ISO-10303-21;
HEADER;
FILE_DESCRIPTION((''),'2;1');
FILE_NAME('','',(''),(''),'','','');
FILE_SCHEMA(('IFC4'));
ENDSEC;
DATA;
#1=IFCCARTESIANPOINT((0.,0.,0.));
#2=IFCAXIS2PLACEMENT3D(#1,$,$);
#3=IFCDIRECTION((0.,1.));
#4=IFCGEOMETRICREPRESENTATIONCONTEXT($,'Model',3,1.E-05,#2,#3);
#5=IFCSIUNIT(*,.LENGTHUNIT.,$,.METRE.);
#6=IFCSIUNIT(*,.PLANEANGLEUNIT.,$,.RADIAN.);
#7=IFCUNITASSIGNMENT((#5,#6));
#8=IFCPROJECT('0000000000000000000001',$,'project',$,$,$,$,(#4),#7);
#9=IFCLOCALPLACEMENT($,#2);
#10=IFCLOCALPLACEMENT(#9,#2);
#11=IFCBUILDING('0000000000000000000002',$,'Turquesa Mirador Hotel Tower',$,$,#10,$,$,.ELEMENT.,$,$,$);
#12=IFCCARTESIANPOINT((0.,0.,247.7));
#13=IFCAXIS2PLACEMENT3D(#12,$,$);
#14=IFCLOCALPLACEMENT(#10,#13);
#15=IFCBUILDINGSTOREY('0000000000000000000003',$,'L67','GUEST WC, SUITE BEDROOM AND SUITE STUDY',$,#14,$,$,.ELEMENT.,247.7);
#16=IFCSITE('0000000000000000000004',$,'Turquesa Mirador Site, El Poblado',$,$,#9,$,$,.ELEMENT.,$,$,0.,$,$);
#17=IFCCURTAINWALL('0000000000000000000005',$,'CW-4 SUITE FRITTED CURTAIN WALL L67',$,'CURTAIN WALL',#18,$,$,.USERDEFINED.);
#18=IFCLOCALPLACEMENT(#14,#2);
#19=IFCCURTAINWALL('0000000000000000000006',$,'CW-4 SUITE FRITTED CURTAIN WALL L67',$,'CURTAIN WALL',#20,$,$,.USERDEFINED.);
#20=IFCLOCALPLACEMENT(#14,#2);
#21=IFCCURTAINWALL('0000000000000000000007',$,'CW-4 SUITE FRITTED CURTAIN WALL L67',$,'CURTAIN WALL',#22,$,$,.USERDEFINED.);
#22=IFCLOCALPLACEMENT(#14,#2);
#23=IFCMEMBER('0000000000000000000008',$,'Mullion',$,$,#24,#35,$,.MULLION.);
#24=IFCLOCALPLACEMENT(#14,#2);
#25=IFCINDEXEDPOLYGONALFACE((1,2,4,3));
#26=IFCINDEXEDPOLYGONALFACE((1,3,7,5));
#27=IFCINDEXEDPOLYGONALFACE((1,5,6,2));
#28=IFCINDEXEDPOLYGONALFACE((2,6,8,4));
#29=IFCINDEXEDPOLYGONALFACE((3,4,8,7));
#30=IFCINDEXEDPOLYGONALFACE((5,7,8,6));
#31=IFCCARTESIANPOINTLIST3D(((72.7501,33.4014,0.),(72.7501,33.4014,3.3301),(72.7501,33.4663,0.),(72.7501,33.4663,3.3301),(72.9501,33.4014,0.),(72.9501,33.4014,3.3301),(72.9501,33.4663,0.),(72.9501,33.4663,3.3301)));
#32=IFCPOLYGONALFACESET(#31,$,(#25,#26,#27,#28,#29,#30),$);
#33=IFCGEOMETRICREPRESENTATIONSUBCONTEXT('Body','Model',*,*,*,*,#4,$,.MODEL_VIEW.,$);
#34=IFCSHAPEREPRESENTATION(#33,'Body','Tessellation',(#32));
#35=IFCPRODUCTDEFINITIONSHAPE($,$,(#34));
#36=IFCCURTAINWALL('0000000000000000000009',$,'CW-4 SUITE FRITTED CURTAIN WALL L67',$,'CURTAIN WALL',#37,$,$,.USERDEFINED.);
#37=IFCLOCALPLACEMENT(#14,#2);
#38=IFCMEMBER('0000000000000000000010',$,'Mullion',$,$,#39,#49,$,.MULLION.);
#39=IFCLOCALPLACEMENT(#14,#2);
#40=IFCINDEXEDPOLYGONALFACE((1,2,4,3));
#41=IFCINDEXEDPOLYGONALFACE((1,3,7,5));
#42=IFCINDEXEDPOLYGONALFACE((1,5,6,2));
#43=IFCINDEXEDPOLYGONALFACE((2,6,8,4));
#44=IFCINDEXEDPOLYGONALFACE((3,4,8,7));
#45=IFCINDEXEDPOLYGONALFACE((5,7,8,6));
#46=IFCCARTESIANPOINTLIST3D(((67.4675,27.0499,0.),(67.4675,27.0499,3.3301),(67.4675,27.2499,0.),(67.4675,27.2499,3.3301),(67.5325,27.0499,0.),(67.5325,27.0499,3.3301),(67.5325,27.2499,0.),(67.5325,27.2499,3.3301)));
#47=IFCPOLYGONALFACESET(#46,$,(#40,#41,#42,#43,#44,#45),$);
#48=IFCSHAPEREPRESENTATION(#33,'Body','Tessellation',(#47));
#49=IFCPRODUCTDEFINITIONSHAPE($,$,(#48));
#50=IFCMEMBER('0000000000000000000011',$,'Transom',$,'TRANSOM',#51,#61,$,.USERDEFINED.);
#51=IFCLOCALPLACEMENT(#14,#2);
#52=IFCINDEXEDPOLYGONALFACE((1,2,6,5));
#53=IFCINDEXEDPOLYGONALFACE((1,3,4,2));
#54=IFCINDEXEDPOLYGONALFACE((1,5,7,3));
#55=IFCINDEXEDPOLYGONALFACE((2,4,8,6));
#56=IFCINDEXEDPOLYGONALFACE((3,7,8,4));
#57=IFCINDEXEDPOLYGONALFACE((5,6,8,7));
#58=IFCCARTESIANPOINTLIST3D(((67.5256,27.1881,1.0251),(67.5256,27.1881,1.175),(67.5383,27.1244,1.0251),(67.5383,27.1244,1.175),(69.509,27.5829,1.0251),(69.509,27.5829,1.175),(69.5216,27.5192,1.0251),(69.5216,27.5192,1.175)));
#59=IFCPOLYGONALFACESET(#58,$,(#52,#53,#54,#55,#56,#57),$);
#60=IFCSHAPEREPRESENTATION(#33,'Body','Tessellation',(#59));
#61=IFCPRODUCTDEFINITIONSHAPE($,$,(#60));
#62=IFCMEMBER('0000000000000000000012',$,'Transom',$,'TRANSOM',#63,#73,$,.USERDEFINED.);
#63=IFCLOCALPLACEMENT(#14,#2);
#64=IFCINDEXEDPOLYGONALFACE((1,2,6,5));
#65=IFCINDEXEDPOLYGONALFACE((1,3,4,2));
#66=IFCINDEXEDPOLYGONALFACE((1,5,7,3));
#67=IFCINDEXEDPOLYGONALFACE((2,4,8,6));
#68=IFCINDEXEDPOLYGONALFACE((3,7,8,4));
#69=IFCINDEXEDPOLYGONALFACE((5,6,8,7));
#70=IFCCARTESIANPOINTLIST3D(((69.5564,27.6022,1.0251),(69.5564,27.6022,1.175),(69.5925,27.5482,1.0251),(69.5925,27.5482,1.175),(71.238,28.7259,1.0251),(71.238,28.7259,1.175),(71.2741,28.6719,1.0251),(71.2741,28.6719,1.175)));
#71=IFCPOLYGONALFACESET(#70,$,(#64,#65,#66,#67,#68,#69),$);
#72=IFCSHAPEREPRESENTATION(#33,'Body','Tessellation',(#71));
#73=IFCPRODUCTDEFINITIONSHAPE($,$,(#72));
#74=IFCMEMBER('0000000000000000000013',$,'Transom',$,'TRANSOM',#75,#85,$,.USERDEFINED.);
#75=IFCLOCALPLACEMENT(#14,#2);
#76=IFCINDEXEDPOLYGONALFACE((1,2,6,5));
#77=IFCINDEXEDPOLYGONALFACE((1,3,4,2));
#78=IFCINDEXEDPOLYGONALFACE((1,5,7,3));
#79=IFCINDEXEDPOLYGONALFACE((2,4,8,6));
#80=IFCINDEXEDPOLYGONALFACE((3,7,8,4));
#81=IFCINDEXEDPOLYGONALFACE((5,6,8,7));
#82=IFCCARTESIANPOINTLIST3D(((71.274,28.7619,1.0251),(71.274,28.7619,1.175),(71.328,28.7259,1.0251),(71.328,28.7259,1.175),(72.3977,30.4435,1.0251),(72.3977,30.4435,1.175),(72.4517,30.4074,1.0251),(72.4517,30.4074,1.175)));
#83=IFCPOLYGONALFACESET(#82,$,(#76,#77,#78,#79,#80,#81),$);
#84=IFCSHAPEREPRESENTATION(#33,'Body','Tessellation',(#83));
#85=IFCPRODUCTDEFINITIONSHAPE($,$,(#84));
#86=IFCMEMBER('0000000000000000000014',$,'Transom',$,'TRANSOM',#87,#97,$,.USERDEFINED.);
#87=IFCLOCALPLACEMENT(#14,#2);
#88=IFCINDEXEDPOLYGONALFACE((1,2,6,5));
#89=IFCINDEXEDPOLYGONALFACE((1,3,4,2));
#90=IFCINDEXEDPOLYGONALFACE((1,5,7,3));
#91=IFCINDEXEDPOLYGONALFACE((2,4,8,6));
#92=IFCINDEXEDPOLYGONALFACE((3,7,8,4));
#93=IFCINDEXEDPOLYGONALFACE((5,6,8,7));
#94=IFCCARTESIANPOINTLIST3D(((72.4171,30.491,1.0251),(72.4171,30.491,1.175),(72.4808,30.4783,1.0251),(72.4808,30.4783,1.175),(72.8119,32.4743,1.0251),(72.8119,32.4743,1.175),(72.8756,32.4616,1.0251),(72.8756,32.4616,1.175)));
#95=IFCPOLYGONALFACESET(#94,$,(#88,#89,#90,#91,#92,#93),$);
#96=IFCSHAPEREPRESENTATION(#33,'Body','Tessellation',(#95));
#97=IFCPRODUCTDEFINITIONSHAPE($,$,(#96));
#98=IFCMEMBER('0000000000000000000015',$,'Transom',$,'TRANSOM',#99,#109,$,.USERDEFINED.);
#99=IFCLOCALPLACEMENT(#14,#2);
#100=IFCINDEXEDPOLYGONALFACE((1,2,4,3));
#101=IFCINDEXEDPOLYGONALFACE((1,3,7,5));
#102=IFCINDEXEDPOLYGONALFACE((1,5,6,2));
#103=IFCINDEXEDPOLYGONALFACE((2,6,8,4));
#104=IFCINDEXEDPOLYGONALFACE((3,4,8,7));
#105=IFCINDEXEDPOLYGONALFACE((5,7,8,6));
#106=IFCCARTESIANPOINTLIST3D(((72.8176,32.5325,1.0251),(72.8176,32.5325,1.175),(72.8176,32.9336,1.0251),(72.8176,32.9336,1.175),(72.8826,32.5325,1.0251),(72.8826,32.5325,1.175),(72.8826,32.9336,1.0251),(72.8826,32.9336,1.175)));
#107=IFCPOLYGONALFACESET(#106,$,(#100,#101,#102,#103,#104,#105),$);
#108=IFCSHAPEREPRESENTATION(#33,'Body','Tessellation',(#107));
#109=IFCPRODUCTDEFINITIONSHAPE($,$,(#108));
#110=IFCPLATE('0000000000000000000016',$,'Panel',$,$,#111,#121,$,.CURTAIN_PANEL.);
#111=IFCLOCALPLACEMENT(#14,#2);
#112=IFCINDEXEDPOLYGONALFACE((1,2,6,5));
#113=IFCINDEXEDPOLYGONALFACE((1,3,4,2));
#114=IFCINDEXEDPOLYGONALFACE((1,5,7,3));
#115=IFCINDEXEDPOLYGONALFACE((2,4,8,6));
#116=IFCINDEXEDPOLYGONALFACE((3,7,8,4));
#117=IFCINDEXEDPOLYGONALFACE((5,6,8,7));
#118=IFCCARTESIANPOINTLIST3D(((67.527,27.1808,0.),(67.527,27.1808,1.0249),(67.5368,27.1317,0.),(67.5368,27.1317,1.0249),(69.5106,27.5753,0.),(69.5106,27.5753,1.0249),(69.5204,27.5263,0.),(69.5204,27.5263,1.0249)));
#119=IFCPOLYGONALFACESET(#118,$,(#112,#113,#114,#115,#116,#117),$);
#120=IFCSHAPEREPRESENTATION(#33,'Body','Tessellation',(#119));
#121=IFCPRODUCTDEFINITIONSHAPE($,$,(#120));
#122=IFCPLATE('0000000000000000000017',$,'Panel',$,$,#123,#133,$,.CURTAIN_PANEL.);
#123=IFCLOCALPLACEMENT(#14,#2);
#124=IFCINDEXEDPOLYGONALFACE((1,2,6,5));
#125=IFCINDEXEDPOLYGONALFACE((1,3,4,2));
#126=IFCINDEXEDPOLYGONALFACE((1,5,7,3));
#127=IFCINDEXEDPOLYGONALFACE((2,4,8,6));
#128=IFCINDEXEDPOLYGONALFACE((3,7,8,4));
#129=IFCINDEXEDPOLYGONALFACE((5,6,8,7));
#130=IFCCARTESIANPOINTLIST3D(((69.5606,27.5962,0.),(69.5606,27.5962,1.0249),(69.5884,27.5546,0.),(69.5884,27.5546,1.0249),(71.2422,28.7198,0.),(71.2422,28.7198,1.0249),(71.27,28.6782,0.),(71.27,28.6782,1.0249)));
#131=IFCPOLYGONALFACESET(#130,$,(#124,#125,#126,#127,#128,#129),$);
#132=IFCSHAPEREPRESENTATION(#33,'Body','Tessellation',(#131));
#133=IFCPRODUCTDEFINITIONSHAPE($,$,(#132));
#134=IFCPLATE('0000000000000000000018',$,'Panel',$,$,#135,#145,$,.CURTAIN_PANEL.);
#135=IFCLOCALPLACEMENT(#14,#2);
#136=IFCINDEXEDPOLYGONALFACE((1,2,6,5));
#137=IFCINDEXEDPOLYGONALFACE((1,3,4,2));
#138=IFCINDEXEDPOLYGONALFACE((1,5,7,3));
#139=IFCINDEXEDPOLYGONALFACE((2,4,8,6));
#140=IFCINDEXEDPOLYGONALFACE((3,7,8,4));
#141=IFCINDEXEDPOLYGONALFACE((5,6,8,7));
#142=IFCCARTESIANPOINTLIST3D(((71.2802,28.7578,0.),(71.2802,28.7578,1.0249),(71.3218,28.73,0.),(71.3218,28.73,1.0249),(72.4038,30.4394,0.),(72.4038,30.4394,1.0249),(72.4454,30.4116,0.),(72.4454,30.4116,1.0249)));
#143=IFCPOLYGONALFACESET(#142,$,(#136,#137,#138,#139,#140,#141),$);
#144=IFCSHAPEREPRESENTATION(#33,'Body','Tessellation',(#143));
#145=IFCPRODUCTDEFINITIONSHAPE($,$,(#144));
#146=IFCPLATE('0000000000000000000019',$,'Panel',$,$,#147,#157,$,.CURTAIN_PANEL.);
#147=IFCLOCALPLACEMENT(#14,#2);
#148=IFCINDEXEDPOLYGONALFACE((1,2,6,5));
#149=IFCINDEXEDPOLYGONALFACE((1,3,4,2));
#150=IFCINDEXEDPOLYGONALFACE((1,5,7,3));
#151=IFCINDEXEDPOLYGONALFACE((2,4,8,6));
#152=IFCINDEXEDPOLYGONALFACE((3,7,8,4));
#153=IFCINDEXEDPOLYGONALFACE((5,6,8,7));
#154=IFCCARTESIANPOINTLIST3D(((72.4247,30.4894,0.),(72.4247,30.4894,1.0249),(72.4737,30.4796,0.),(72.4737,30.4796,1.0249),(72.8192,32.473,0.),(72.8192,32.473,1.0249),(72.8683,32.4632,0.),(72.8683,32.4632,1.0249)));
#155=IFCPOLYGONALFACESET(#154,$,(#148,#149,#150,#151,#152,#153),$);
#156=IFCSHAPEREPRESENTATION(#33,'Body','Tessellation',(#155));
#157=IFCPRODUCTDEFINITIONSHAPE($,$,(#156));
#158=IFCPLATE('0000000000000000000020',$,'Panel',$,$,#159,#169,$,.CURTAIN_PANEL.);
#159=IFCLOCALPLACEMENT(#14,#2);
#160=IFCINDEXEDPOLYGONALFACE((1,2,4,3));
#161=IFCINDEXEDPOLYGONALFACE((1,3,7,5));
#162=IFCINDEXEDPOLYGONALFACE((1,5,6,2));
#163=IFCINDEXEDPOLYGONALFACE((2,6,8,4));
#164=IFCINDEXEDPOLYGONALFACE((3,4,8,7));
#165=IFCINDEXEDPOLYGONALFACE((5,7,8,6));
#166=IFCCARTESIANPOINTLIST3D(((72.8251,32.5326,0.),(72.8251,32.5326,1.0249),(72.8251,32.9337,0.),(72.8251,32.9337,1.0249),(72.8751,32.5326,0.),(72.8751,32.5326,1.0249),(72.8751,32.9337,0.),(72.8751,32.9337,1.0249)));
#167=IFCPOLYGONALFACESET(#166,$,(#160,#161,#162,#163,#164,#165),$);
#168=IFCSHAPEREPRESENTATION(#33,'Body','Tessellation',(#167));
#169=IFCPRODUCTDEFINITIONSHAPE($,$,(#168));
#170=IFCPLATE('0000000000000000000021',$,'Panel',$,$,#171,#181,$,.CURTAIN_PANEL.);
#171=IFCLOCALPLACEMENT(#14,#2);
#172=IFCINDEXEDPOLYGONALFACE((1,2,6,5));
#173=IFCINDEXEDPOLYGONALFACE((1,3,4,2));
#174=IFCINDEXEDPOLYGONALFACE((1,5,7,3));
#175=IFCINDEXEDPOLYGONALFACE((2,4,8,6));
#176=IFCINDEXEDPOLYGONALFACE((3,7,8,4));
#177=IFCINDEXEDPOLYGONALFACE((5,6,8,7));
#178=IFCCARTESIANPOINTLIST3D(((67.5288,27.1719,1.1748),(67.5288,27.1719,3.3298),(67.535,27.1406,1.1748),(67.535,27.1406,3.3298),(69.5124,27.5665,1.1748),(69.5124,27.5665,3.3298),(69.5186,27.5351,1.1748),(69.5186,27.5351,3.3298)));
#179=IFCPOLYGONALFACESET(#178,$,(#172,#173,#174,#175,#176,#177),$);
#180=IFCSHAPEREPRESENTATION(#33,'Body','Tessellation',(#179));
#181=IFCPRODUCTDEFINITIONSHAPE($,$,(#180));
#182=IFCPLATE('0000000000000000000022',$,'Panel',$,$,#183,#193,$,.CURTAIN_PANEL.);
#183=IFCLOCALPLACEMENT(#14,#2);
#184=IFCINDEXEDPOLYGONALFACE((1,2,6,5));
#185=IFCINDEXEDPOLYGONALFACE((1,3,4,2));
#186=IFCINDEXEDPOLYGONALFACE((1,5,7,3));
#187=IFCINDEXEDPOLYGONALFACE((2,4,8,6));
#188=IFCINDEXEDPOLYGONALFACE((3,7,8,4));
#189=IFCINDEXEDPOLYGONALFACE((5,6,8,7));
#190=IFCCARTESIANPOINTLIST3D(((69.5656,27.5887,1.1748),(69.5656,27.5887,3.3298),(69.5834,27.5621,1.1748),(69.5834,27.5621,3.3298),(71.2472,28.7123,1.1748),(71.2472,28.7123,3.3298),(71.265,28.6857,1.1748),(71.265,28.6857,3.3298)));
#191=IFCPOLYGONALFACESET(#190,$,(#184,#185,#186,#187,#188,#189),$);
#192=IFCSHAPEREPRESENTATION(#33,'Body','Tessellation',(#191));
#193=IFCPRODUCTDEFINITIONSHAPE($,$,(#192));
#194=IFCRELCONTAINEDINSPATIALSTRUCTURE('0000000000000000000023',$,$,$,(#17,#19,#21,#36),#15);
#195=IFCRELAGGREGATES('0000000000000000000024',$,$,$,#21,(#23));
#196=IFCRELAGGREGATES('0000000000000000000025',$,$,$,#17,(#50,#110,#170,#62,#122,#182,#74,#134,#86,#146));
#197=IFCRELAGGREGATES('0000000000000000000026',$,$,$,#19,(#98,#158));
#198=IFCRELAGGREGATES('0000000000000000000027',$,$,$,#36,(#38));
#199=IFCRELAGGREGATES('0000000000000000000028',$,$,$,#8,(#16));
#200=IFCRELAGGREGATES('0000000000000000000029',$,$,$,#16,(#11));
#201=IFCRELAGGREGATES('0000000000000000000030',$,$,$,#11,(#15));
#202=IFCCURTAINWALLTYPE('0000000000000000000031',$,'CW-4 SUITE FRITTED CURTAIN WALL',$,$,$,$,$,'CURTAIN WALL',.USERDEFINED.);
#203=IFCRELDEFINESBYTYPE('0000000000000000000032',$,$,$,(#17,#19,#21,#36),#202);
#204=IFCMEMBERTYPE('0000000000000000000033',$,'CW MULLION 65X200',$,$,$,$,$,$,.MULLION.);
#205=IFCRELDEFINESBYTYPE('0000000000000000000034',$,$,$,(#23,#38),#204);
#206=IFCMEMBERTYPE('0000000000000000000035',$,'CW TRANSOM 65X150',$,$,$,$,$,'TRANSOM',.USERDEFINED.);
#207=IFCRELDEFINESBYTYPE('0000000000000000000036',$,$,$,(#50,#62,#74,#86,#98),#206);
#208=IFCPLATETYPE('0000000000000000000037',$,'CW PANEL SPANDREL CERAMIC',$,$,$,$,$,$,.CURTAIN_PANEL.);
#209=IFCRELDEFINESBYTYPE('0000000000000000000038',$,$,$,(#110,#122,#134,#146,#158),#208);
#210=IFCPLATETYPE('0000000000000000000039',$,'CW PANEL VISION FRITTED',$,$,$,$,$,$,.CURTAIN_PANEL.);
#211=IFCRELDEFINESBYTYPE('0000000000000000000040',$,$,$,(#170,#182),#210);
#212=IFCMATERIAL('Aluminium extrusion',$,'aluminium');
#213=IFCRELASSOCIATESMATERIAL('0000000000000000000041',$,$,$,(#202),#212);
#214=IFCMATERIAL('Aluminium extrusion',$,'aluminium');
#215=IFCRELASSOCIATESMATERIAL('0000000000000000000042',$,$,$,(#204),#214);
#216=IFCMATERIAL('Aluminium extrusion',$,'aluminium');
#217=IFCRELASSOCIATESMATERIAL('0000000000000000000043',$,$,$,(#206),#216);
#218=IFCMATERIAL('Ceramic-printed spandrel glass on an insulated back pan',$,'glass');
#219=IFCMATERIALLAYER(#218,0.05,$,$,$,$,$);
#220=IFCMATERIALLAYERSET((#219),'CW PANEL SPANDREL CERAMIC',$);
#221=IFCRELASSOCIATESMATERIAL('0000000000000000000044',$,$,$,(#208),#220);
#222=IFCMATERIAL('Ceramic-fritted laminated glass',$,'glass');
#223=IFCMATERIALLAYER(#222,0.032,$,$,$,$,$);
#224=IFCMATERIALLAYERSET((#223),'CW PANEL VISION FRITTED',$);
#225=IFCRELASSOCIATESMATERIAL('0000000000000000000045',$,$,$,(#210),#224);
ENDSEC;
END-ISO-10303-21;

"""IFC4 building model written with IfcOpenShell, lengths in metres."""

from ifc_helpers import new_model, si_unit, direction, frame, origin, origin_2d, place, context, subcontext, project, spatial, rectangle, extrude, material, layer, layer_set, material_profile, profile_set, type_object, element, aggregate, save


model = new_model("IFC4")

# Units and contexts
model_context = context("Model", 3, precision=1e-05, world=origin(), true_north=direction((0.0, 1.0)))
body_context = subcontext(model_context, "Body", "Model", "MODEL_VIEW")
ifc_project = project(units=[si_unit("LENGTHUNIT", "METRE"), si_unit("PLANEANGLEUNIT", "RADIAN")], contexts=[model_context])

# Site, building, storey
site_placement = place(None, origin())
site = spatial("IfcSite", under=ifc_project, at=site_placement, Name="Turquesa Mirador Site, El Poblado", CompositionType="ELEMENT", RefElevation=0.0)
building_placement = place(site_placement, origin())
building = spatial("IfcBuilding", under=site, at=building_placement, Name="Turquesa Mirador Hotel Tower", CompositionType="ELEMENT")
storey_placement = place(building_placement, frame((0.0, 0.0, 247.7)))
storey = spatial("IfcBuildingStorey", under=building, at=storey_placement, Name="L67", Description="GUEST WC, SUITE BEDROOM AND SUITE STUDY", CompositionType="ELEMENT", Elevation=247.7)

# Curtain walls
ifc_material_1 = material(Name="Aluminium extrusion", Category="aluminium")
curtain_wall_type = type_object("IfcCurtainWallType", Name="CW-4 SUITE FRITTED CURTAIN WALL", ElementType="CURTAIN WALL", PredefinedType="USERDEFINED", material=ifc_material_1)
curtain_wall_1_placement = place(storey_placement, origin())
curtain_wall_1 = element("IfcCurtainWall", 1, at=curtain_wall_1_placement, inside=storey, type_object=curtain_wall_type, Name="CW-4 SUITE FRITTED CURTAIN WALL L67", ObjectType="CURTAIN WALL", PredefinedType="USERDEFINED")
ifc_material_2 = material(Name="Aluminium extrusion", Category="aluminium")
ifc_material_profile_1 = material_profile(ifc_material_2, rectangle(XDim=0.0649, YDim=0.2, at=origin_2d()), Name="MULLION 65X200")
ifc_profile_set_1 = profile_set([ifc_material_profile_1], Name="Aluminium extrusion")
member_type_1 = type_object("IfcMemberType", Name="CW MULLION 65X200", PredefinedType="MULLION", material=ifc_profile_set_1)
curtain_wall_2_placement = place(storey_placement, origin())
curtain_wall_2 = element("IfcCurtainWall", 2, at=curtain_wall_2_placement, inside=storey, type_object=curtain_wall_type, Name="CW-4 SUITE FRITTED CURTAIN WALL L67", ObjectType="CURTAIN WALL", PredefinedType="USERDEFINED")

# Curtain walls, members
curtain_wall_3_placement = place(storey_placement, origin())
curtain_wall_3 = element("IfcCurtainWall", 3, at=curtain_wall_3_placement, inside=storey, type_object=curtain_wall_type, Name="CW-4 SUITE FRITTED CURTAIN WALL L67", ObjectType="CURTAIN WALL", PredefinedType="USERDEFINED")
member_1_placement = place(storey_placement, frame((72.8501, 33.4338, 0.0), z_axis=(0.0, 0.0, 1.0), x_axis=(0.0, 1.0, 0.0)))
member_1 = element("IfcMember", 4, at=member_1_placement, type_object=member_type_1, Name="Mullion", PredefinedType="MULLION", context=body_context, shape_type="SweptSolid", body=[
    extrude(rectangle(XDim=0.0649, YDim=0.2, at=origin_2d()), origin(), (0.0, 0.0, 1.0), 3.3301),
])
aggregate(curtain_wall_3, [member_1])
curtain_wall_4_placement = place(storey_placement, origin())
curtain_wall_4 = element("IfcCurtainWall", 5, at=curtain_wall_4_placement, inside=storey, type_object=curtain_wall_type, Name="CW-4 SUITE FRITTED CURTAIN WALL L67", ObjectType="CURTAIN WALL", PredefinedType="USERDEFINED")
member_2_placement = place(storey_placement, frame((67.5, 27.1499, 0.0), z_axis=(0.0, 0.0, 1.0), x_axis=(1.0, 0.0, 0.0)))
member_2 = element("IfcMember", 6, at=member_2_placement, type_object=member_type_1, Name="Mullion", PredefinedType="MULLION", context=body_context, shape_type="SweptSolid", body=[
    extrude(rectangle(XDim=0.0649, YDim=0.2, at=origin_2d()), origin(), (0.0, 0.0, 1.0), 3.3301),
])

# Members
ifc_material_3 = material(Name="Aluminium extrusion", Category="aluminium")
ifc_material_profile_2 = material_profile(ifc_material_3, rectangle(XDim=0.0649, YDim=0.1499, at=origin_2d()), Name="TRANSOM 65X150")
ifc_profile_set_2 = profile_set([ifc_material_profile_2], Name="Aluminium extrusion")
member_type_2 = type_object("IfcMemberType", Name="CW TRANSOM 65X150", ElementType="TRANSOM", PredefinedType="USERDEFINED", material=ifc_profile_set_2)
member_3_placement = place(storey_placement, frame((67.532, 27.1562, 1.1001), z_axis=(0.980761, 0.195211, 0.0), x_axis=(-0.195211, 0.980761, 0.0)))
member_3 = element("IfcMember", 7, at=member_3_placement, type_object=member_type_2, Name="Transom", ObjectType="TRANSOM", PredefinedType="USERDEFINED", context=body_context, shape_type="SweptSolid", body=[
    extrude(rectangle(XDim=0.0649, YDim=0.1499, at=origin_2d()), origin(), (0.0, 0.0, 1.0), 2.0222),
])
member_4_placement = place(storey_placement, frame((69.5745, 27.5752, 1.1001), z_axis=(0.831437, 0.555619, 0.0), x_axis=(-0.555619, 0.831437, 0.0)))
member_4 = element("IfcMember", 8, at=member_4_placement, type_object=member_type_2, Name="Transom", ObjectType="TRANSOM", PredefinedType="USERDEFINED", context=body_context, shape_type="SweptSolid", body=[
    extrude(rectangle(XDim=0.0649, YDim=0.1499, at=origin_2d()), origin(), (0.0, 0.0, 1.0), 2.0225),
])
member_5_placement = place(storey_placement, frame((71.301, 28.7439, 1.1001), z_axis=(0.555619, 0.831437, 0.0), x_axis=(-0.831437, 0.555619, 0.0)))
member_5 = element("IfcMember", 9, at=member_5_placement, type_object=member_type_2, Name="Transom", ObjectType="TRANSOM", PredefinedType="USERDEFINED", context=body_context, shape_type="SweptSolid", body=[
    extrude(rectangle(XDim=0.0649, YDim=0.1499, at=origin_2d()), origin(), (0.0, 0.0, 1.0), 2.0225),
])
member_6_placement = place(storey_placement, frame((72.449, 30.4846, 1.1001), z_axis=(0.195211, 0.980761, 0.0), x_axis=(-0.980761, 0.195211, 0.0)))
member_6 = element("IfcMember", 10, at=member_6_placement, type_object=member_type_2, Name="Transom", ObjectType="TRANSOM", PredefinedType="USERDEFINED", context=body_context, shape_type="SweptSolid", body=[
    extrude(rectangle(XDim=0.0649, YDim=0.1499, at=origin_2d()), origin(), (0.0, 0.0, 1.0), 2.0222),
])
member_7_placement = place(storey_placement, frame((72.8501, 32.5325, 1.1001), z_axis=(0.0, 1.0, 0.0), x_axis=(-1.0, 0.0, 0.0)))
member_7 = element("IfcMember", 11, at=member_7_placement, type_object=member_type_2, Name="Transom", ObjectType="TRANSOM", PredefinedType="USERDEFINED", context=body_context, shape_type="SweptSolid", body=[
    extrude(rectangle(XDim=0.0649, YDim=0.1499, at=origin_2d()), origin(), (0.0, 0.0, 1.0), 0.4011),
])

# Plates
ifc_material_4 = material(Name="Ceramic-printed spandrel glass on an insulated back pan", Category="glass")
ifc_layer_1 = layer(ifc_material_4, 0.05)
ifc_layer_set_1 = layer_set([ifc_layer_1], Name="CW PANEL SPANDREL CERAMIC")
plate_type_1 = type_object("IfcPlateType", Name="CW PANEL SPANDREL CERAMIC", PredefinedType="CURTAIN_PANEL", material=ifc_layer_set_1)
plate_1_placement = place(storey_placement, frame((68.5237, 27.3535, 0.0), z_axis=(0.0, 0.0, 1.0), x_axis=(0.980785, 0.195091, 0.0)))
plate_1 = element("IfcPlate", 12, at=plate_1_placement, type_object=plate_type_1, Name="Panel", PredefinedType="CURTAIN_PANEL", context=body_context, shape_type="SweptSolid", body=[
    extrude(rectangle(XDim=2.0225, YDim=0.05, at=origin_2d()), origin(), (0.0, 0.0, 1.0), 1.0249),
])
plate_2_placement = place(storey_placement, frame((70.4153, 28.1372, 0.0), z_axis=(0.0, 0.0, 1.0), x_axis=(0.83147, 0.55557, 0.0)))
plate_2 = element("IfcPlate", 13, at=plate_2_placement, type_object=plate_type_1, Name="Panel", PredefinedType="CURTAIN_PANEL", context=body_context, shape_type="SweptSolid", body=[
    extrude(rectangle(XDim=2.0225, YDim=0.05, at=origin_2d()), origin(), (0.0, 0.0, 1.0), 1.0249),
])
plate_3_placement = place(storey_placement, frame((71.8628, 29.5847, 0.0), z_axis=(0.0, 0.0, 1.0), x_axis=(0.55557, 0.83147, 0.0)))
plate_3 = element("IfcPlate", 14, at=plate_3_placement, type_object=plate_type_1, Name="Panel", PredefinedType="CURTAIN_PANEL", context=body_context, shape_type="SweptSolid", body=[
    extrude(rectangle(XDim=2.0225, YDim=0.05, at=origin_2d()), origin(), (0.0, 0.0, 1.0), 1.0249),
])
plate_4_placement = place(storey_placement, frame((72.6465, 31.4763, 0.0), z_axis=(0.0, 0.0, 1.0), x_axis=(0.195091, 0.980785, 0.0)))
plate_4 = element("IfcPlate", 15, at=plate_4_placement, type_object=plate_type_1, Name="Panel", PredefinedType="CURTAIN_PANEL", context=body_context, shape_type="SweptSolid", body=[
    extrude(rectangle(XDim=2.0225, YDim=0.05, at=origin_2d()), origin(), (0.0, 0.0, 1.0), 1.0249),
])
plate_5_placement = place(storey_placement, frame((72.8501, 32.7332, 0.0), z_axis=(0.0, 0.0, 1.0), x_axis=(0.0, 1.0, 0.0)))
plate_5 = element("IfcPlate", 16, at=plate_5_placement, type_object=plate_type_1, Name="Panel", PredefinedType="CURTAIN_PANEL", context=body_context, shape_type="SweptSolid", body=[
    extrude(rectangle(XDim=0.4011, YDim=0.05, at=origin_2d()), origin(), (0.0, 0.0, 1.0), 1.0249),
])
ifc_material_5 = material(Name="Ceramic-fritted laminated glass", Category="glass")
ifc_layer_2 = layer(ifc_material_5, 0.032)
ifc_layer_set_2 = layer_set([ifc_layer_2], Name="CW PANEL VISION FRITTED")
plate_type_2 = type_object("IfcPlateType", Name="CW PANEL VISION FRITTED", PredefinedType="CURTAIN_PANEL", material=ifc_layer_set_2)
plate_6_placement = place(storey_placement, frame((68.5237, 27.3535, 1.1748), z_axis=(0.0, 0.0, 1.0), x_axis=(0.980785, 0.195091, 0.0)))
plate_6 = element("IfcPlate", 17, at=plate_6_placement, type_object=plate_type_2, Name="Panel", PredefinedType="CURTAIN_PANEL", context=body_context, shape_type="SweptSolid", body=[
    extrude(rectangle(XDim=2.0225, YDim=0.032, at=origin_2d()), origin(), (0.0, 0.0, 1.0), 2.155),
])
plate_7_placement = place(storey_placement, frame((70.4153, 28.1372, 1.1748), z_axis=(0.0, 0.0, 1.0), x_axis=(0.83147, 0.55557, 0.0)))
plate_7 = element("IfcPlate", 18, at=plate_7_placement, type_object=plate_type_2, Name="Panel", PredefinedType="CURTAIN_PANEL", context=body_context, shape_type="SweptSolid", body=[
    extrude(rectangle(XDim=2.0225, YDim=0.032, at=origin_2d()), origin(), (0.0, 0.0, 1.0), 2.155),
])
aggregate(curtain_wall_1, [member_3, plate_1, plate_6, member_4, plate_2, plate_7, member_5, plate_3, member_6, plate_4])
aggregate(curtain_wall_2, [member_7, plate_5])
aggregate(curtain_wall_4, [member_2])

save(model, "model.ifc")
